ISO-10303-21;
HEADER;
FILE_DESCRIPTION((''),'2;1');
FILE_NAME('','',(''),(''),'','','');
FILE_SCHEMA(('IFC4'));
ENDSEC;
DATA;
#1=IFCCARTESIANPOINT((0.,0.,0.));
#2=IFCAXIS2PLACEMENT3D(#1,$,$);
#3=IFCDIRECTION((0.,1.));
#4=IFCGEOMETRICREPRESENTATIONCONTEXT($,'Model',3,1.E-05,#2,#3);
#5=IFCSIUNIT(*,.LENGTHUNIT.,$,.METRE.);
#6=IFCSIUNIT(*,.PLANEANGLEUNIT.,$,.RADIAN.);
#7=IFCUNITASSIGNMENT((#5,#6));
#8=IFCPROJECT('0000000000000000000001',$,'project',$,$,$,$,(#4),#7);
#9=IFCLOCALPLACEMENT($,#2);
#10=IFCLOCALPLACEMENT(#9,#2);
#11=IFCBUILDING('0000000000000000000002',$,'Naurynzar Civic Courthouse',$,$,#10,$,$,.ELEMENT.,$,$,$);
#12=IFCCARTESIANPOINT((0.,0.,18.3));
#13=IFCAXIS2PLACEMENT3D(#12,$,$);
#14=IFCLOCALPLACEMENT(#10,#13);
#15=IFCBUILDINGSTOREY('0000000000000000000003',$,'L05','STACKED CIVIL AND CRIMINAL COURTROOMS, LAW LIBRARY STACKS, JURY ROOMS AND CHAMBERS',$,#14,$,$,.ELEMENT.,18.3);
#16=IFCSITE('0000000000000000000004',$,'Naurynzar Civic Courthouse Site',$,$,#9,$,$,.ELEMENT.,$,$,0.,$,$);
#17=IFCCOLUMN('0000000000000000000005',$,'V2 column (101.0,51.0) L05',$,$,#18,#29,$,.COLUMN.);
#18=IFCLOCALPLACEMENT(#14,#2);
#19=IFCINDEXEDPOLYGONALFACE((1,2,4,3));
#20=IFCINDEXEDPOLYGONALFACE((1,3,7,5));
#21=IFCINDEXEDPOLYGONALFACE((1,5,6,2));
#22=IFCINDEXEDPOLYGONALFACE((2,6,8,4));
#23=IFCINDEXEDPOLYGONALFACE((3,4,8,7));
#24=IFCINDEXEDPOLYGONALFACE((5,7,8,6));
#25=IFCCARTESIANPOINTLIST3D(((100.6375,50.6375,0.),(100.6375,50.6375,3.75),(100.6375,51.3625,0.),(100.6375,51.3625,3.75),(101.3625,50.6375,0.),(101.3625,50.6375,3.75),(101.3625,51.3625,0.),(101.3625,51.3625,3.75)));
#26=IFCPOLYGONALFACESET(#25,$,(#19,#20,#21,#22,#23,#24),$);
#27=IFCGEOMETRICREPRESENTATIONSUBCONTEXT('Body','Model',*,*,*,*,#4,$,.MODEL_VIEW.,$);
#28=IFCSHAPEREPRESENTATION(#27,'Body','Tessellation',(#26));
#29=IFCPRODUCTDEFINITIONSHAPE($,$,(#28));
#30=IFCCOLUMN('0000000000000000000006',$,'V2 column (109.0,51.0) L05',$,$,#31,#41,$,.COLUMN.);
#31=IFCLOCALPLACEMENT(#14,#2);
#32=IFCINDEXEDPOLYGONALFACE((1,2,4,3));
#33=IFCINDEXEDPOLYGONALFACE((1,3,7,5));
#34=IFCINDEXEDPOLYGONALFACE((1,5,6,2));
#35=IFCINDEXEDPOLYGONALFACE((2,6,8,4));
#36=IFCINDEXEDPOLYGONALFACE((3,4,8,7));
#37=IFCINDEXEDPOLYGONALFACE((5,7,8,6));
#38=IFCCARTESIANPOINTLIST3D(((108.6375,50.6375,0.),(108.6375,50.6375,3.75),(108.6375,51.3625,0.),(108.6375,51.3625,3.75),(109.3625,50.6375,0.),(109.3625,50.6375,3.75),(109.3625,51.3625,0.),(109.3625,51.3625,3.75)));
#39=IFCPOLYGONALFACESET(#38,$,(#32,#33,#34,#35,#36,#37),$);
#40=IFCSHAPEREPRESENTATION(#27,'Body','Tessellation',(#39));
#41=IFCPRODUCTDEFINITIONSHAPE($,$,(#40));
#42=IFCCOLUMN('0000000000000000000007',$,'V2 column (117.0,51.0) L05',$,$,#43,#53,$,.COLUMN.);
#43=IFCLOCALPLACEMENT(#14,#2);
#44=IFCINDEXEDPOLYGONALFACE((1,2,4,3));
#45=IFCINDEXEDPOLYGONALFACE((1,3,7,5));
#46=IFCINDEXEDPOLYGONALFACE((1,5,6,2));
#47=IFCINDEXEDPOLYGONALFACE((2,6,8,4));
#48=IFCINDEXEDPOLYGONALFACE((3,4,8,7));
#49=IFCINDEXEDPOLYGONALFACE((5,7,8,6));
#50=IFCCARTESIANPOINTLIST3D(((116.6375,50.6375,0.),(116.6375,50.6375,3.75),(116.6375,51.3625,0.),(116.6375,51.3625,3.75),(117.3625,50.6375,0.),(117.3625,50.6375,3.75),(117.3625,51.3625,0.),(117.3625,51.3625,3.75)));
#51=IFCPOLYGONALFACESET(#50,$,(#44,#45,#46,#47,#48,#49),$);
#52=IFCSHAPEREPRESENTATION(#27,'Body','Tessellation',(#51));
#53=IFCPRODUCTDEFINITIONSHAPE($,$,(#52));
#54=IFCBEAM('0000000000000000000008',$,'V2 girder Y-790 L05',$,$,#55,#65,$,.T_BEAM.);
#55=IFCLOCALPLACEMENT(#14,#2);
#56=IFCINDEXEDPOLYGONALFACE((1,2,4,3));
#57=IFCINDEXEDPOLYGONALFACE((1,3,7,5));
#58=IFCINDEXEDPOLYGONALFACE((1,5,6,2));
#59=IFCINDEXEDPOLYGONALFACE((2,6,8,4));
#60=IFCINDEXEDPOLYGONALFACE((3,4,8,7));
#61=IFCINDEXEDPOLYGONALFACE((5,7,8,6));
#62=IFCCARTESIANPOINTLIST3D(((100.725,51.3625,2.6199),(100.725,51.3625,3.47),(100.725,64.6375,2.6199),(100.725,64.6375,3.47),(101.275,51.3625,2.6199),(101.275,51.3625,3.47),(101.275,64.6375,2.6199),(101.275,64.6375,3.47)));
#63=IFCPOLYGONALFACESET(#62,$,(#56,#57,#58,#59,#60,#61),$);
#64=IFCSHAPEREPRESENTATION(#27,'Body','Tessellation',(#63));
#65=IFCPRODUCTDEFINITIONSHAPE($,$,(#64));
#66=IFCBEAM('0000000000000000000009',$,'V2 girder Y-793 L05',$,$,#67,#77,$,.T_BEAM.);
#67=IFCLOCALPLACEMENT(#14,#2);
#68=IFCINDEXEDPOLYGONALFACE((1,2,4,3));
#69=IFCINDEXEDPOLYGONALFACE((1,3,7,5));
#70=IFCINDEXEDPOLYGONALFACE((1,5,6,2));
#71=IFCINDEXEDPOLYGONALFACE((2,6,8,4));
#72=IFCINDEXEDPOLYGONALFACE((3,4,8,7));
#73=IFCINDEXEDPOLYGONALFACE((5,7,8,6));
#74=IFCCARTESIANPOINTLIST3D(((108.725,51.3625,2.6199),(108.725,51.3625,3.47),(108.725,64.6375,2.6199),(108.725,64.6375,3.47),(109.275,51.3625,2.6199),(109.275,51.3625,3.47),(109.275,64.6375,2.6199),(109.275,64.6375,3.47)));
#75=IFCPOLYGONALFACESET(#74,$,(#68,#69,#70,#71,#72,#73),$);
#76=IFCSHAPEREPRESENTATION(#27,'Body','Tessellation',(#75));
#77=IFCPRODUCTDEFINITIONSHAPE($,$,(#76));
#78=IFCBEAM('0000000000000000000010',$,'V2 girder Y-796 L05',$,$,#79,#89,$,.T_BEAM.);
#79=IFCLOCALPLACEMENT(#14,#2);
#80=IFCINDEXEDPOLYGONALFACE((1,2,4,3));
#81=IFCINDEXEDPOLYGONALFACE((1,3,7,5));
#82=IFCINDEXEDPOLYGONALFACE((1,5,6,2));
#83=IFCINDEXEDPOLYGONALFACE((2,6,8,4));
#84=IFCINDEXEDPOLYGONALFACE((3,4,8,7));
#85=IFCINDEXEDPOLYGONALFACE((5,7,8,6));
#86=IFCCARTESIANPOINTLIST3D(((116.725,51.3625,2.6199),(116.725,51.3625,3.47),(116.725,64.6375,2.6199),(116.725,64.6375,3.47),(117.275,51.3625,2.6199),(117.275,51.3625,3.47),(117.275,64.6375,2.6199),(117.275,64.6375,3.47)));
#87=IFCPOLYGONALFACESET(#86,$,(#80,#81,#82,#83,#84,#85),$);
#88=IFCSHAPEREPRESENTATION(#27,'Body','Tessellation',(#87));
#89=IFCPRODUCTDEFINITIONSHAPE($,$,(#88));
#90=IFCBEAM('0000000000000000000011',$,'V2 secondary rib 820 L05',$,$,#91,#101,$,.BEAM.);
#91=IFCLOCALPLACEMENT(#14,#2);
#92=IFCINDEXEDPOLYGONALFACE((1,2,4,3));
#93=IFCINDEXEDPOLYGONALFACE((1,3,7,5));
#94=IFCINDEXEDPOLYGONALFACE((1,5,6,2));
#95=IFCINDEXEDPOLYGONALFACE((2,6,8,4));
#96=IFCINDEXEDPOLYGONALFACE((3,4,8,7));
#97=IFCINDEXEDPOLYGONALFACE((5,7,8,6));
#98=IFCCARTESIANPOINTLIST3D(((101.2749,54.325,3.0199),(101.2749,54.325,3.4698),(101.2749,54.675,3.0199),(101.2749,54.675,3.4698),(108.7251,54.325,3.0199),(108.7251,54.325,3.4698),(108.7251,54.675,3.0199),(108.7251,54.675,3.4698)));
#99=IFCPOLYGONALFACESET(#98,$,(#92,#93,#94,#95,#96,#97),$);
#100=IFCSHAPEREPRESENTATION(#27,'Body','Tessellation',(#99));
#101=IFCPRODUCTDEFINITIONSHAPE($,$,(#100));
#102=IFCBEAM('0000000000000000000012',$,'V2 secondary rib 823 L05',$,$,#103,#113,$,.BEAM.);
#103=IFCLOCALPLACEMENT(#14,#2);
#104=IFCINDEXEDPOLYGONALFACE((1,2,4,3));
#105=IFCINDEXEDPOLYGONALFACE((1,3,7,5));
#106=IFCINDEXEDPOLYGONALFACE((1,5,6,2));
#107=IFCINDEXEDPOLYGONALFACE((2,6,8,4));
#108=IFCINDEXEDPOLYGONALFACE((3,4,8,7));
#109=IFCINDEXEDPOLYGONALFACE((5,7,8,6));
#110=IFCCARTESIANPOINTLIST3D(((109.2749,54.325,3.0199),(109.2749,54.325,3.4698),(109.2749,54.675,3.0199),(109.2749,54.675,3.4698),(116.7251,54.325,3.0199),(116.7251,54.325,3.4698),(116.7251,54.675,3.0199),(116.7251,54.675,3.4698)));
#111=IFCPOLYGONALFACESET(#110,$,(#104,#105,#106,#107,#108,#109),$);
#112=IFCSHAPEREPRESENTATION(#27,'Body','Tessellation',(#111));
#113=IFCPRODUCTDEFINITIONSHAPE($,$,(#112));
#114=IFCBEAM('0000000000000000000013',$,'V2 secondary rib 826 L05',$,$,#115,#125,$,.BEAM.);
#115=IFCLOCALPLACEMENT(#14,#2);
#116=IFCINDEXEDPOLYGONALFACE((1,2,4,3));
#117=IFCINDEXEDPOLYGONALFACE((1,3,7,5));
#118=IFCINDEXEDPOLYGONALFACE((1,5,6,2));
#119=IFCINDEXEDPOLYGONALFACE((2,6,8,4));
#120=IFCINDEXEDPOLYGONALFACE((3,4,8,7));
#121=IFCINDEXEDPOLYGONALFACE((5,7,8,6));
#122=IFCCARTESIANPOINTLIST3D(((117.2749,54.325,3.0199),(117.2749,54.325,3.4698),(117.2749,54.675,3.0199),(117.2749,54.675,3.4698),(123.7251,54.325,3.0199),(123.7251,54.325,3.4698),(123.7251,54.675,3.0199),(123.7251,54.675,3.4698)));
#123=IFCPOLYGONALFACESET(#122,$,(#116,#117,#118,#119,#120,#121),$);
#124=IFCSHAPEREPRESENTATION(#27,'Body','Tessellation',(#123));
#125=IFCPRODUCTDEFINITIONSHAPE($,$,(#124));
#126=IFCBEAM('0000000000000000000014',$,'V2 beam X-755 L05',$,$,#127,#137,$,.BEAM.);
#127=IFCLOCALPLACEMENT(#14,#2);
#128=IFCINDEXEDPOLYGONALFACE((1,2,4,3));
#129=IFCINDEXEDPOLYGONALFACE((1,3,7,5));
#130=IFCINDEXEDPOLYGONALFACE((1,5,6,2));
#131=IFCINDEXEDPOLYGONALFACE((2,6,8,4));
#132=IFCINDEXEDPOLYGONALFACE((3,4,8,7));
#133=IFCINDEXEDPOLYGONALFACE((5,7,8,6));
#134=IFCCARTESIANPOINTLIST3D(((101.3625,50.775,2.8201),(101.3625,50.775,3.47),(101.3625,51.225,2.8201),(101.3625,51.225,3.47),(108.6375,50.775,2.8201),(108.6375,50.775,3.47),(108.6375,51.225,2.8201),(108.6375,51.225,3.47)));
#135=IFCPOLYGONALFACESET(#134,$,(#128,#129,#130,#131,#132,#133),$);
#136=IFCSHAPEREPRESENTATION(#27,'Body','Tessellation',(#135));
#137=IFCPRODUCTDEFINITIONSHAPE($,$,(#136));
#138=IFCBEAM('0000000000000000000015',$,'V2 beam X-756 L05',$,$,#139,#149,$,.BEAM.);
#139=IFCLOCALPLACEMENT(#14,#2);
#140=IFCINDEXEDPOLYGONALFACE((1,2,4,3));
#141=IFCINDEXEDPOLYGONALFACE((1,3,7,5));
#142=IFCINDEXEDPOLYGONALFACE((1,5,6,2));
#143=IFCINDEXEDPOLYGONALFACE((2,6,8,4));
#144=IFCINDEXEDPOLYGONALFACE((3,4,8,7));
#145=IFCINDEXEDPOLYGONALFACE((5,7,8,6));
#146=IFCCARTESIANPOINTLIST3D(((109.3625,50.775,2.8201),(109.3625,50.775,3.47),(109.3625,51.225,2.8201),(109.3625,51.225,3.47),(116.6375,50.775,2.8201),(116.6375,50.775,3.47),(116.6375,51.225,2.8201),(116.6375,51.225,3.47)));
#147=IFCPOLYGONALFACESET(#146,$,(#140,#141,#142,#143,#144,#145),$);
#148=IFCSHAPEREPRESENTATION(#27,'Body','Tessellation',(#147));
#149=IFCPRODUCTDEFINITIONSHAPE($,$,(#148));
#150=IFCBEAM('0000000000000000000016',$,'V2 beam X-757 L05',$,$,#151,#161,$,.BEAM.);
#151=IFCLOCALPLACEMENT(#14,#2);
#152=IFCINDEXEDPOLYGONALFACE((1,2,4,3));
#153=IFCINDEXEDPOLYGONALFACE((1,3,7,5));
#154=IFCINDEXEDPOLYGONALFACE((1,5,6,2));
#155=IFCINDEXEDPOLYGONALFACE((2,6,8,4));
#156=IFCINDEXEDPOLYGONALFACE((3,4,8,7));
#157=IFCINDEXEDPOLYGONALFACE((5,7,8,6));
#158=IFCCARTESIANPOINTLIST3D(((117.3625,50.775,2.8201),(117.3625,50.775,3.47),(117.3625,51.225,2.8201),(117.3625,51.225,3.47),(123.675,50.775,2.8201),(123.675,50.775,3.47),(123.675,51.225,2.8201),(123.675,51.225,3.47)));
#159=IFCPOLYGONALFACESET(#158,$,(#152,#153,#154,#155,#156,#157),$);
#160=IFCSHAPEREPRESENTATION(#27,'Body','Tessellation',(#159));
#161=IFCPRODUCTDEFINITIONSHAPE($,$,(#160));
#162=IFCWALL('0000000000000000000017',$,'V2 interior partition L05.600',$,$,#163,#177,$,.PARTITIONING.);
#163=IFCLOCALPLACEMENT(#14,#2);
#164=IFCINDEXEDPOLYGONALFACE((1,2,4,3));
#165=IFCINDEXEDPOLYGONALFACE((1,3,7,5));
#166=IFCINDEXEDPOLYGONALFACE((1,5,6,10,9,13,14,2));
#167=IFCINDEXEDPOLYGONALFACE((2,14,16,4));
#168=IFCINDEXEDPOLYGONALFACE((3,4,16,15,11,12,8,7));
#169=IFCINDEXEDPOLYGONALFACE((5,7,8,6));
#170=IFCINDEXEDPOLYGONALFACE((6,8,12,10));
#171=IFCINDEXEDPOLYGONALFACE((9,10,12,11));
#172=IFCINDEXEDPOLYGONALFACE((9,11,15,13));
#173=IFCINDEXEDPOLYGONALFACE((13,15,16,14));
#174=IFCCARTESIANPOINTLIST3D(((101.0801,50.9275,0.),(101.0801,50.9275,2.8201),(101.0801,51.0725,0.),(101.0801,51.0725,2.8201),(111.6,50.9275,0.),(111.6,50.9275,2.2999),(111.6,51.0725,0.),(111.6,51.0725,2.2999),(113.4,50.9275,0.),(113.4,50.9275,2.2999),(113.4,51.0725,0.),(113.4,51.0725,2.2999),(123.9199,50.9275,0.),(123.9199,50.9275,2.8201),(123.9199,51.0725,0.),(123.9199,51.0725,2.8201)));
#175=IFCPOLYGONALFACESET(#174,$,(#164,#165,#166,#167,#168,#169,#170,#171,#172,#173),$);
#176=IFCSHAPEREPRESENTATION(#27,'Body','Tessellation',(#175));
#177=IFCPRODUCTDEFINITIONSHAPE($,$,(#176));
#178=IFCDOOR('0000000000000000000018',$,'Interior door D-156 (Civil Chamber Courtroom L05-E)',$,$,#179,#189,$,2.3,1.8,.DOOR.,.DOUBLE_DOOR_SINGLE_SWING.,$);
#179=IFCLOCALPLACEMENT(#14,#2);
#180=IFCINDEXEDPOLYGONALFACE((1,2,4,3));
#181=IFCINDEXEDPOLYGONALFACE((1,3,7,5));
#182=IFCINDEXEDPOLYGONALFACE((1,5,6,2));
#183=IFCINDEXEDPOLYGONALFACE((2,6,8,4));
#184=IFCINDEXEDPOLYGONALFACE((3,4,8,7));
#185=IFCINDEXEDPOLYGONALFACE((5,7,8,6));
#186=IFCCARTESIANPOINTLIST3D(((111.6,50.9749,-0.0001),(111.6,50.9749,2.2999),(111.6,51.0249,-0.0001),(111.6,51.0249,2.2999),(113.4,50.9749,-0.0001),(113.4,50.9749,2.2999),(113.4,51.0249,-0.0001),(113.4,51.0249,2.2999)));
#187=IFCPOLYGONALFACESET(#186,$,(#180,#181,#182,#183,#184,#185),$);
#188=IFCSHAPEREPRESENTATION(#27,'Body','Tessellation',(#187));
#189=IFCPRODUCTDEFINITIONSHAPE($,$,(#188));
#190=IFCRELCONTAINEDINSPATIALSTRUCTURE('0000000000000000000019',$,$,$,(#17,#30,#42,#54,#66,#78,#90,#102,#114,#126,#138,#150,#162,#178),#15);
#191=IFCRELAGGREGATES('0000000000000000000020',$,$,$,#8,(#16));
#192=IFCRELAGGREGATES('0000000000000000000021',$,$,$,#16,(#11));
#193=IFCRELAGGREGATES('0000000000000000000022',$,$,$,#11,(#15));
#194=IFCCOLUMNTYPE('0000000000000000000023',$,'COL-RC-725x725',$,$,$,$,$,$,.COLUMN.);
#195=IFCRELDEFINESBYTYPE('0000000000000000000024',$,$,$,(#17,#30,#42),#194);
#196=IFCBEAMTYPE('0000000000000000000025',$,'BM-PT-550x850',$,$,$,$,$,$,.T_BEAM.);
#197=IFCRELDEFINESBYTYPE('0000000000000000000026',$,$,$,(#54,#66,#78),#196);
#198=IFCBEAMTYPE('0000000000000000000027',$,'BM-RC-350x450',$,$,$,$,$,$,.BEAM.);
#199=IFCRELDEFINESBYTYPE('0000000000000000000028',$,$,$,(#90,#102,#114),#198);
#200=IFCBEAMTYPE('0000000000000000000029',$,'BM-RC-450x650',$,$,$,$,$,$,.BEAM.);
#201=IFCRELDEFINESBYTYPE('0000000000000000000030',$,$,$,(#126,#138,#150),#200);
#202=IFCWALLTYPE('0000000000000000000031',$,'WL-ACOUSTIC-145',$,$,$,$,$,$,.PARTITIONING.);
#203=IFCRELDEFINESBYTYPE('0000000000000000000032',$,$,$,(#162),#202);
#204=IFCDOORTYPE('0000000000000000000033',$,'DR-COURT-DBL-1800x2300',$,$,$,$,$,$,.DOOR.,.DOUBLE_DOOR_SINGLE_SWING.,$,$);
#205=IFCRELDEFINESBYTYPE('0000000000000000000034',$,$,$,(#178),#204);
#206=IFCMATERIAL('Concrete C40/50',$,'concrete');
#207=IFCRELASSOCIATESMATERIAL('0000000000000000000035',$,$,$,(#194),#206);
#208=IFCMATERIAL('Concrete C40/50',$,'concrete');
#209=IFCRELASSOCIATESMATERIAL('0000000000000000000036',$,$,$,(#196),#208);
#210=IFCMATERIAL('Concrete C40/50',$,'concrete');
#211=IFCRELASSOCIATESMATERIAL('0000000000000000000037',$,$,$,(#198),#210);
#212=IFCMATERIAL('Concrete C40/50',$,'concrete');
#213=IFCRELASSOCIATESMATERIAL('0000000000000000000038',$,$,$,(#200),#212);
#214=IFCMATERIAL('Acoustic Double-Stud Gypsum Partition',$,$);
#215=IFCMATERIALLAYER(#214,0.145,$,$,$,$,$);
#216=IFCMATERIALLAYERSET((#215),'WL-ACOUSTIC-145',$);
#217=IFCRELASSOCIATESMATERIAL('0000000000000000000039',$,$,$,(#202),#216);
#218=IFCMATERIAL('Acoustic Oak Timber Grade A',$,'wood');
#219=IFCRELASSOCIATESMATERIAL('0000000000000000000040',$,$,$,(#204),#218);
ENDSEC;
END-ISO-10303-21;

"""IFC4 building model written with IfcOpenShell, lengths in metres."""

from ifc_helpers import new_model, si_unit, direction, frame, frame_2d, origin, origin_2d, place, context, subcontext, project, spatial, rectangle, extrude, material, layer, layer_set, material_profile, profile_set, type_object, element, fill, save


model = new_model("IFC4")

# Units and contexts
model_context = context("Model", 3, precision=1e-05, world=origin(), true_north=direction((0.0, 1.0)))
body_context = subcontext(model_context, "Body", "Model", "MODEL_VIEW")
ifc_project = project(units=[si_unit("LENGTHUNIT", "METRE"), si_unit("PLANEANGLEUNIT", "RADIAN")], contexts=[model_context])

# Site, building, storey
site_placement = place(None, origin())
site = spatial("IfcSite", under=ifc_project, at=site_placement, Name="Naurynzar Civic Courthouse Site", CompositionType="ELEMENT", RefElevation=0.0)
building_placement = place(site_placement, origin())
building = spatial("IfcBuilding", under=site, at=building_placement, Name="Naurynzar Civic Courthouse", CompositionType="ELEMENT")
storey_placement = place(building_placement, frame((0.0, 0.0, 18.3)))
storey = spatial("IfcBuildingStorey", under=building, at=storey_placement, Name="L05", Description="STACKED CIVIL AND CRIMINAL COURTROOMS, LAW LIBRARY STACKS, JURY ROOMS AND CHAMBERS", CompositionType="ELEMENT", Elevation=18.3)

# Columns
ifc_material_1 = material(Name="Concrete C40/50", Category="concrete")
ifc_material_profile_1 = material_profile(ifc_material_1, rectangle(XDim=0.7251, YDim=0.7251, at=origin_2d()), Name="RC 725x725")
ifc_profile_set_1 = profile_set([ifc_material_profile_1], Name="Concrete C40/50")
column_type = type_object("IfcColumnType", Name="COL-RC-725x725", PredefinedType="COLUMN", material=ifc_profile_set_1)
for number, where, z_axis, x_axis, name in (
    (1, (101.0, 51.0, 0.0), (0.0, 0.0, 1.0), (1.0, 0.0, 0.0), "V2 column (101.0,51.0) L05"),
    (2, (109.0, 51.0, 0.0), (0.0, 0.0, 1.0), (1.0, 0.0, 0.0), "V2 column (109.0,51.0) L05"),
    (3, (117.0, 51.0, 0.0), (0.0, 0.0, 1.0), (1.0, 0.0, 0.0), "V2 column (117.0,51.0) L05"),
):
    element("IfcColumn", number, at=place(storey_placement, frame(where, z_axis=z_axis, x_axis=x_axis)), inside=storey, type_object=column_type, Name=name, PredefinedType="COLUMN", context=body_context, shape_type="SweptSolid", body=[
        extrude(rectangle(XDim=0.7251, YDim=0.7251, at=origin_2d()), origin(), (0.0, 0.0, 1.0), 3.75),
    ])

# Beams
ifc_material_2 = material(Name="Concrete C40/50", Category="concrete")
ifc_material_profile_2 = material_profile(ifc_material_2, rectangle(XDim=0.55, YDim=0.8501, at=origin_2d()), Name="PTB 550x850")
ifc_profile_set_2 = profile_set([ifc_material_profile_2], Name="Concrete C40/50")
beam_type_1 = type_object("IfcBeamType", Name="BM-PT-550x850", PredefinedType="T_BEAM", material=ifc_profile_set_2)
for number, where, z_axis, x_axis, name in (
    (4, (101.0, 51.3625, 3.0449), (0.0, 1.0, 0.0), (-1.0, 0.0, 0.0), "V2 girder Y-790 L05"),
    (5, (109.0, 51.3625, 3.0449), (0.0, 1.0, 0.0), (-1.0, 0.0, 0.0), "V2 girder Y-793 L05"),
    (6, (117.0, 51.3625, 3.0449), (0.0, 1.0, 0.0), (-1.0, 0.0, 0.0), "V2 girder Y-796 L05"),
):
    element("IfcBeam", number, at=place(storey_placement, frame(where, z_axis=z_axis, x_axis=x_axis)), inside=storey, type_object=beam_type_1, Name=name, PredefinedType="T_BEAM", context=body_context, shape_type="SweptSolid", body=[
        extrude(rectangle(XDim=0.55, YDim=0.8501, at=origin_2d()), origin(), (0.0, 0.0, 1.0), 13.2749),
    ])
ifc_material_3 = material(Name="Concrete C40/50", Category="concrete")
ifc_material_profile_3 = material_profile(ifc_material_3, rectangle(XDim=0.3501, YDim=0.45, at=origin_2d()), Name="RCB 350x450")
ifc_profile_set_3 = profile_set([ifc_material_profile_3], Name="Concrete C40/50")
beam_type_2 = type_object("IfcBeamType", Name="BM-RC-350x450", PredefinedType="BEAM", material=ifc_profile_set_3)
for number, where, z_axis, x_axis, name in (
    (7, (101.2749, 54.5, 3.2449), (1.0, 0.0, 0.0), (0.0, 1.0, 0.0), "V2 secondary rib 820 L05"),
    (8, (109.2749, 54.5, 3.2449), (1.0, 0.0, 0.0), (0.0, 1.0, 0.0), "V2 secondary rib 823 L05"),
):
    element("IfcBeam", number, at=place(storey_placement, frame(where, z_axis=z_axis, x_axis=x_axis)), inside=storey, type_object=beam_type_2, Name=name, PredefinedType="BEAM", context=body_context, shape_type="SweptSolid", body=[
        extrude(rectangle(XDim=0.3501, YDim=0.45, at=origin_2d()), origin(), (0.0, 0.0, 1.0), 7.4502),
    ])
beam_1_placement = place(storey_placement, frame((117.2749, 54.5, 3.2449), z_axis=(1.0, 0.0, 0.0), x_axis=(0.0, 1.0, 0.0)))
element("IfcBeam", 9, at=beam_1_placement, inside=storey, type_object=beam_type_2, Name="V2 secondary rib 826 L05", PredefinedType="BEAM", context=body_context, shape_type="SweptSolid", body=[
    extrude(rectangle(XDim=0.3501, YDim=0.45, at=origin_2d()), origin(), (0.0, 0.0, 1.0), 6.4502),
])
ifc_material_4 = material(Name="Concrete C40/50", Category="concrete")
ifc_material_profile_4 = material_profile(ifc_material_4, rectangle(XDim=0.45, YDim=0.6499, at=origin_2d()), Name="RCB 450x650")
ifc_profile_set_4 = profile_set([ifc_material_profile_4], Name="Concrete C40/50")
beam_type_3 = type_object("IfcBeamType", Name="BM-RC-450x650", PredefinedType="BEAM", material=ifc_profile_set_4)
for number, where, z_axis, x_axis, name in (
    (10, (101.3625, 51.0, 3.145), (1.0, 0.0, 0.0), (0.0, 1.0, 0.0), "V2 beam X-755 L05"),
    (11, (109.3625, 51.0, 3.145), (1.0, 0.0, 0.0), (0.0, 1.0, 0.0), "V2 beam X-756 L05"),
):
    element("IfcBeam", number, at=place(storey_placement, frame(where, z_axis=z_axis, x_axis=x_axis)), inside=storey, type_object=beam_type_3, Name=name, PredefinedType="BEAM", context=body_context, shape_type="SweptSolid", body=[
        extrude(rectangle(XDim=0.45, YDim=0.6499, at=origin_2d()), origin(), (0.0, 0.0, 1.0), 7.2749),
    ])
beam_2_placement = place(storey_placement, frame((117.3625, 51.0, 3.145), z_axis=(1.0, 0.0, 0.0), x_axis=(0.0, 1.0, 0.0)))
element("IfcBeam", 12, at=beam_2_placement, inside=storey, type_object=beam_type_3, Name="V2 beam X-757 L05", PredefinedType="BEAM", context=body_context, shape_type="SweptSolid", body=[
    extrude(rectangle(XDim=0.45, YDim=0.6499, at=origin_2d()), origin(), (0.0, 0.0, 1.0), 6.3125),
])

# Wall, opening, door
ifc_material_5 = material(Name="Acoustic Double-Stud Gypsum Partition")
ifc_layer_1 = layer(ifc_material_5, 0.145)
ifc_layer_set_1 = layer_set([ifc_layer_1], Name="WL-ACOUSTIC-145")
wall_type_1 = type_object("IfcWallType", Name="WL-ACOUSTIC-145", PredefinedType="PARTITIONING", material=ifc_layer_set_1)
wall_1_placement = place(storey_placement, frame((101.0801, 51.0, 0.0), z_axis=(0.0, 0.0, 1.0), x_axis=(1.0, 0.0, 0.0)))
wall_1 = element("IfcWall", 13, at=wall_1_placement, inside=storey, type_object=wall_type_1, Name="V2 interior partition L05.600", PredefinedType="PARTITIONING", context=body_context, shape_type="SweptSolid", body=[
    extrude(rectangle(XDim=22.8398, YDim=0.145, at=frame_2d((11.4199, 0.0))), origin(), (0.0, 0.0, 1.0), 2.8201),
])
opening_1_placement = place(wall_1_placement, frame((10.52, 0.0, 0.0)))
opening_1 = element("IfcOpeningElement", 14, at=opening_1_placement, cuts=wall_1, PredefinedType="OPENING", context=body_context, shape_type="SweptSolid", body=[
    extrude(rectangle(XDim=1.8, YDim=2.3, at=frame_2d((0.8999, 1.1499))), frame((0.0, 0.0825, 0.0), z_axis=(0.0, -1.0, 0.0), x_axis=(1.0, 0.0, 0.0)), (0.0, 0.0, 1.0), 0.165),
])
ifc_material_6 = material(Name="Acoustic Oak Timber Grade A", Category="wood")
door_type_1 = type_object("IfcDoorType", Name="DR-COURT-DBL-1800x2300", OperationType="DOUBLE_DOOR_SINGLE_SWING", PredefinedType="DOOR", material=ifc_material_6)
door_1_placement = place(opening_1_placement, origin())
door_1 = element("IfcDoor", 15, at=door_1_placement, inside=storey, type_object=door_type_1, Name="Interior door D-156 (Civil Chamber Courtroom L05-E)", OperationType="DOUBLE_DOOR_SINGLE_SWING", OverallHeight=2.3, OverallWidth=1.8, PredefinedType="DOOR", context=body_context, shape_type="SweptSolid", body=[
    extrude(rectangle(XDim=1.8, YDim=2.3, at=frame_2d((0.8999, 1.1499))), frame((0.0, 0.0249, 0.0), z_axis=(0.0, -1.0, 0.0), x_axis=(1.0, 0.0, 0.0)), (0.0, 0.0, 1.0), 0.05),
])
fill(opening_1, door_1)

save(model, "model.ifc")
